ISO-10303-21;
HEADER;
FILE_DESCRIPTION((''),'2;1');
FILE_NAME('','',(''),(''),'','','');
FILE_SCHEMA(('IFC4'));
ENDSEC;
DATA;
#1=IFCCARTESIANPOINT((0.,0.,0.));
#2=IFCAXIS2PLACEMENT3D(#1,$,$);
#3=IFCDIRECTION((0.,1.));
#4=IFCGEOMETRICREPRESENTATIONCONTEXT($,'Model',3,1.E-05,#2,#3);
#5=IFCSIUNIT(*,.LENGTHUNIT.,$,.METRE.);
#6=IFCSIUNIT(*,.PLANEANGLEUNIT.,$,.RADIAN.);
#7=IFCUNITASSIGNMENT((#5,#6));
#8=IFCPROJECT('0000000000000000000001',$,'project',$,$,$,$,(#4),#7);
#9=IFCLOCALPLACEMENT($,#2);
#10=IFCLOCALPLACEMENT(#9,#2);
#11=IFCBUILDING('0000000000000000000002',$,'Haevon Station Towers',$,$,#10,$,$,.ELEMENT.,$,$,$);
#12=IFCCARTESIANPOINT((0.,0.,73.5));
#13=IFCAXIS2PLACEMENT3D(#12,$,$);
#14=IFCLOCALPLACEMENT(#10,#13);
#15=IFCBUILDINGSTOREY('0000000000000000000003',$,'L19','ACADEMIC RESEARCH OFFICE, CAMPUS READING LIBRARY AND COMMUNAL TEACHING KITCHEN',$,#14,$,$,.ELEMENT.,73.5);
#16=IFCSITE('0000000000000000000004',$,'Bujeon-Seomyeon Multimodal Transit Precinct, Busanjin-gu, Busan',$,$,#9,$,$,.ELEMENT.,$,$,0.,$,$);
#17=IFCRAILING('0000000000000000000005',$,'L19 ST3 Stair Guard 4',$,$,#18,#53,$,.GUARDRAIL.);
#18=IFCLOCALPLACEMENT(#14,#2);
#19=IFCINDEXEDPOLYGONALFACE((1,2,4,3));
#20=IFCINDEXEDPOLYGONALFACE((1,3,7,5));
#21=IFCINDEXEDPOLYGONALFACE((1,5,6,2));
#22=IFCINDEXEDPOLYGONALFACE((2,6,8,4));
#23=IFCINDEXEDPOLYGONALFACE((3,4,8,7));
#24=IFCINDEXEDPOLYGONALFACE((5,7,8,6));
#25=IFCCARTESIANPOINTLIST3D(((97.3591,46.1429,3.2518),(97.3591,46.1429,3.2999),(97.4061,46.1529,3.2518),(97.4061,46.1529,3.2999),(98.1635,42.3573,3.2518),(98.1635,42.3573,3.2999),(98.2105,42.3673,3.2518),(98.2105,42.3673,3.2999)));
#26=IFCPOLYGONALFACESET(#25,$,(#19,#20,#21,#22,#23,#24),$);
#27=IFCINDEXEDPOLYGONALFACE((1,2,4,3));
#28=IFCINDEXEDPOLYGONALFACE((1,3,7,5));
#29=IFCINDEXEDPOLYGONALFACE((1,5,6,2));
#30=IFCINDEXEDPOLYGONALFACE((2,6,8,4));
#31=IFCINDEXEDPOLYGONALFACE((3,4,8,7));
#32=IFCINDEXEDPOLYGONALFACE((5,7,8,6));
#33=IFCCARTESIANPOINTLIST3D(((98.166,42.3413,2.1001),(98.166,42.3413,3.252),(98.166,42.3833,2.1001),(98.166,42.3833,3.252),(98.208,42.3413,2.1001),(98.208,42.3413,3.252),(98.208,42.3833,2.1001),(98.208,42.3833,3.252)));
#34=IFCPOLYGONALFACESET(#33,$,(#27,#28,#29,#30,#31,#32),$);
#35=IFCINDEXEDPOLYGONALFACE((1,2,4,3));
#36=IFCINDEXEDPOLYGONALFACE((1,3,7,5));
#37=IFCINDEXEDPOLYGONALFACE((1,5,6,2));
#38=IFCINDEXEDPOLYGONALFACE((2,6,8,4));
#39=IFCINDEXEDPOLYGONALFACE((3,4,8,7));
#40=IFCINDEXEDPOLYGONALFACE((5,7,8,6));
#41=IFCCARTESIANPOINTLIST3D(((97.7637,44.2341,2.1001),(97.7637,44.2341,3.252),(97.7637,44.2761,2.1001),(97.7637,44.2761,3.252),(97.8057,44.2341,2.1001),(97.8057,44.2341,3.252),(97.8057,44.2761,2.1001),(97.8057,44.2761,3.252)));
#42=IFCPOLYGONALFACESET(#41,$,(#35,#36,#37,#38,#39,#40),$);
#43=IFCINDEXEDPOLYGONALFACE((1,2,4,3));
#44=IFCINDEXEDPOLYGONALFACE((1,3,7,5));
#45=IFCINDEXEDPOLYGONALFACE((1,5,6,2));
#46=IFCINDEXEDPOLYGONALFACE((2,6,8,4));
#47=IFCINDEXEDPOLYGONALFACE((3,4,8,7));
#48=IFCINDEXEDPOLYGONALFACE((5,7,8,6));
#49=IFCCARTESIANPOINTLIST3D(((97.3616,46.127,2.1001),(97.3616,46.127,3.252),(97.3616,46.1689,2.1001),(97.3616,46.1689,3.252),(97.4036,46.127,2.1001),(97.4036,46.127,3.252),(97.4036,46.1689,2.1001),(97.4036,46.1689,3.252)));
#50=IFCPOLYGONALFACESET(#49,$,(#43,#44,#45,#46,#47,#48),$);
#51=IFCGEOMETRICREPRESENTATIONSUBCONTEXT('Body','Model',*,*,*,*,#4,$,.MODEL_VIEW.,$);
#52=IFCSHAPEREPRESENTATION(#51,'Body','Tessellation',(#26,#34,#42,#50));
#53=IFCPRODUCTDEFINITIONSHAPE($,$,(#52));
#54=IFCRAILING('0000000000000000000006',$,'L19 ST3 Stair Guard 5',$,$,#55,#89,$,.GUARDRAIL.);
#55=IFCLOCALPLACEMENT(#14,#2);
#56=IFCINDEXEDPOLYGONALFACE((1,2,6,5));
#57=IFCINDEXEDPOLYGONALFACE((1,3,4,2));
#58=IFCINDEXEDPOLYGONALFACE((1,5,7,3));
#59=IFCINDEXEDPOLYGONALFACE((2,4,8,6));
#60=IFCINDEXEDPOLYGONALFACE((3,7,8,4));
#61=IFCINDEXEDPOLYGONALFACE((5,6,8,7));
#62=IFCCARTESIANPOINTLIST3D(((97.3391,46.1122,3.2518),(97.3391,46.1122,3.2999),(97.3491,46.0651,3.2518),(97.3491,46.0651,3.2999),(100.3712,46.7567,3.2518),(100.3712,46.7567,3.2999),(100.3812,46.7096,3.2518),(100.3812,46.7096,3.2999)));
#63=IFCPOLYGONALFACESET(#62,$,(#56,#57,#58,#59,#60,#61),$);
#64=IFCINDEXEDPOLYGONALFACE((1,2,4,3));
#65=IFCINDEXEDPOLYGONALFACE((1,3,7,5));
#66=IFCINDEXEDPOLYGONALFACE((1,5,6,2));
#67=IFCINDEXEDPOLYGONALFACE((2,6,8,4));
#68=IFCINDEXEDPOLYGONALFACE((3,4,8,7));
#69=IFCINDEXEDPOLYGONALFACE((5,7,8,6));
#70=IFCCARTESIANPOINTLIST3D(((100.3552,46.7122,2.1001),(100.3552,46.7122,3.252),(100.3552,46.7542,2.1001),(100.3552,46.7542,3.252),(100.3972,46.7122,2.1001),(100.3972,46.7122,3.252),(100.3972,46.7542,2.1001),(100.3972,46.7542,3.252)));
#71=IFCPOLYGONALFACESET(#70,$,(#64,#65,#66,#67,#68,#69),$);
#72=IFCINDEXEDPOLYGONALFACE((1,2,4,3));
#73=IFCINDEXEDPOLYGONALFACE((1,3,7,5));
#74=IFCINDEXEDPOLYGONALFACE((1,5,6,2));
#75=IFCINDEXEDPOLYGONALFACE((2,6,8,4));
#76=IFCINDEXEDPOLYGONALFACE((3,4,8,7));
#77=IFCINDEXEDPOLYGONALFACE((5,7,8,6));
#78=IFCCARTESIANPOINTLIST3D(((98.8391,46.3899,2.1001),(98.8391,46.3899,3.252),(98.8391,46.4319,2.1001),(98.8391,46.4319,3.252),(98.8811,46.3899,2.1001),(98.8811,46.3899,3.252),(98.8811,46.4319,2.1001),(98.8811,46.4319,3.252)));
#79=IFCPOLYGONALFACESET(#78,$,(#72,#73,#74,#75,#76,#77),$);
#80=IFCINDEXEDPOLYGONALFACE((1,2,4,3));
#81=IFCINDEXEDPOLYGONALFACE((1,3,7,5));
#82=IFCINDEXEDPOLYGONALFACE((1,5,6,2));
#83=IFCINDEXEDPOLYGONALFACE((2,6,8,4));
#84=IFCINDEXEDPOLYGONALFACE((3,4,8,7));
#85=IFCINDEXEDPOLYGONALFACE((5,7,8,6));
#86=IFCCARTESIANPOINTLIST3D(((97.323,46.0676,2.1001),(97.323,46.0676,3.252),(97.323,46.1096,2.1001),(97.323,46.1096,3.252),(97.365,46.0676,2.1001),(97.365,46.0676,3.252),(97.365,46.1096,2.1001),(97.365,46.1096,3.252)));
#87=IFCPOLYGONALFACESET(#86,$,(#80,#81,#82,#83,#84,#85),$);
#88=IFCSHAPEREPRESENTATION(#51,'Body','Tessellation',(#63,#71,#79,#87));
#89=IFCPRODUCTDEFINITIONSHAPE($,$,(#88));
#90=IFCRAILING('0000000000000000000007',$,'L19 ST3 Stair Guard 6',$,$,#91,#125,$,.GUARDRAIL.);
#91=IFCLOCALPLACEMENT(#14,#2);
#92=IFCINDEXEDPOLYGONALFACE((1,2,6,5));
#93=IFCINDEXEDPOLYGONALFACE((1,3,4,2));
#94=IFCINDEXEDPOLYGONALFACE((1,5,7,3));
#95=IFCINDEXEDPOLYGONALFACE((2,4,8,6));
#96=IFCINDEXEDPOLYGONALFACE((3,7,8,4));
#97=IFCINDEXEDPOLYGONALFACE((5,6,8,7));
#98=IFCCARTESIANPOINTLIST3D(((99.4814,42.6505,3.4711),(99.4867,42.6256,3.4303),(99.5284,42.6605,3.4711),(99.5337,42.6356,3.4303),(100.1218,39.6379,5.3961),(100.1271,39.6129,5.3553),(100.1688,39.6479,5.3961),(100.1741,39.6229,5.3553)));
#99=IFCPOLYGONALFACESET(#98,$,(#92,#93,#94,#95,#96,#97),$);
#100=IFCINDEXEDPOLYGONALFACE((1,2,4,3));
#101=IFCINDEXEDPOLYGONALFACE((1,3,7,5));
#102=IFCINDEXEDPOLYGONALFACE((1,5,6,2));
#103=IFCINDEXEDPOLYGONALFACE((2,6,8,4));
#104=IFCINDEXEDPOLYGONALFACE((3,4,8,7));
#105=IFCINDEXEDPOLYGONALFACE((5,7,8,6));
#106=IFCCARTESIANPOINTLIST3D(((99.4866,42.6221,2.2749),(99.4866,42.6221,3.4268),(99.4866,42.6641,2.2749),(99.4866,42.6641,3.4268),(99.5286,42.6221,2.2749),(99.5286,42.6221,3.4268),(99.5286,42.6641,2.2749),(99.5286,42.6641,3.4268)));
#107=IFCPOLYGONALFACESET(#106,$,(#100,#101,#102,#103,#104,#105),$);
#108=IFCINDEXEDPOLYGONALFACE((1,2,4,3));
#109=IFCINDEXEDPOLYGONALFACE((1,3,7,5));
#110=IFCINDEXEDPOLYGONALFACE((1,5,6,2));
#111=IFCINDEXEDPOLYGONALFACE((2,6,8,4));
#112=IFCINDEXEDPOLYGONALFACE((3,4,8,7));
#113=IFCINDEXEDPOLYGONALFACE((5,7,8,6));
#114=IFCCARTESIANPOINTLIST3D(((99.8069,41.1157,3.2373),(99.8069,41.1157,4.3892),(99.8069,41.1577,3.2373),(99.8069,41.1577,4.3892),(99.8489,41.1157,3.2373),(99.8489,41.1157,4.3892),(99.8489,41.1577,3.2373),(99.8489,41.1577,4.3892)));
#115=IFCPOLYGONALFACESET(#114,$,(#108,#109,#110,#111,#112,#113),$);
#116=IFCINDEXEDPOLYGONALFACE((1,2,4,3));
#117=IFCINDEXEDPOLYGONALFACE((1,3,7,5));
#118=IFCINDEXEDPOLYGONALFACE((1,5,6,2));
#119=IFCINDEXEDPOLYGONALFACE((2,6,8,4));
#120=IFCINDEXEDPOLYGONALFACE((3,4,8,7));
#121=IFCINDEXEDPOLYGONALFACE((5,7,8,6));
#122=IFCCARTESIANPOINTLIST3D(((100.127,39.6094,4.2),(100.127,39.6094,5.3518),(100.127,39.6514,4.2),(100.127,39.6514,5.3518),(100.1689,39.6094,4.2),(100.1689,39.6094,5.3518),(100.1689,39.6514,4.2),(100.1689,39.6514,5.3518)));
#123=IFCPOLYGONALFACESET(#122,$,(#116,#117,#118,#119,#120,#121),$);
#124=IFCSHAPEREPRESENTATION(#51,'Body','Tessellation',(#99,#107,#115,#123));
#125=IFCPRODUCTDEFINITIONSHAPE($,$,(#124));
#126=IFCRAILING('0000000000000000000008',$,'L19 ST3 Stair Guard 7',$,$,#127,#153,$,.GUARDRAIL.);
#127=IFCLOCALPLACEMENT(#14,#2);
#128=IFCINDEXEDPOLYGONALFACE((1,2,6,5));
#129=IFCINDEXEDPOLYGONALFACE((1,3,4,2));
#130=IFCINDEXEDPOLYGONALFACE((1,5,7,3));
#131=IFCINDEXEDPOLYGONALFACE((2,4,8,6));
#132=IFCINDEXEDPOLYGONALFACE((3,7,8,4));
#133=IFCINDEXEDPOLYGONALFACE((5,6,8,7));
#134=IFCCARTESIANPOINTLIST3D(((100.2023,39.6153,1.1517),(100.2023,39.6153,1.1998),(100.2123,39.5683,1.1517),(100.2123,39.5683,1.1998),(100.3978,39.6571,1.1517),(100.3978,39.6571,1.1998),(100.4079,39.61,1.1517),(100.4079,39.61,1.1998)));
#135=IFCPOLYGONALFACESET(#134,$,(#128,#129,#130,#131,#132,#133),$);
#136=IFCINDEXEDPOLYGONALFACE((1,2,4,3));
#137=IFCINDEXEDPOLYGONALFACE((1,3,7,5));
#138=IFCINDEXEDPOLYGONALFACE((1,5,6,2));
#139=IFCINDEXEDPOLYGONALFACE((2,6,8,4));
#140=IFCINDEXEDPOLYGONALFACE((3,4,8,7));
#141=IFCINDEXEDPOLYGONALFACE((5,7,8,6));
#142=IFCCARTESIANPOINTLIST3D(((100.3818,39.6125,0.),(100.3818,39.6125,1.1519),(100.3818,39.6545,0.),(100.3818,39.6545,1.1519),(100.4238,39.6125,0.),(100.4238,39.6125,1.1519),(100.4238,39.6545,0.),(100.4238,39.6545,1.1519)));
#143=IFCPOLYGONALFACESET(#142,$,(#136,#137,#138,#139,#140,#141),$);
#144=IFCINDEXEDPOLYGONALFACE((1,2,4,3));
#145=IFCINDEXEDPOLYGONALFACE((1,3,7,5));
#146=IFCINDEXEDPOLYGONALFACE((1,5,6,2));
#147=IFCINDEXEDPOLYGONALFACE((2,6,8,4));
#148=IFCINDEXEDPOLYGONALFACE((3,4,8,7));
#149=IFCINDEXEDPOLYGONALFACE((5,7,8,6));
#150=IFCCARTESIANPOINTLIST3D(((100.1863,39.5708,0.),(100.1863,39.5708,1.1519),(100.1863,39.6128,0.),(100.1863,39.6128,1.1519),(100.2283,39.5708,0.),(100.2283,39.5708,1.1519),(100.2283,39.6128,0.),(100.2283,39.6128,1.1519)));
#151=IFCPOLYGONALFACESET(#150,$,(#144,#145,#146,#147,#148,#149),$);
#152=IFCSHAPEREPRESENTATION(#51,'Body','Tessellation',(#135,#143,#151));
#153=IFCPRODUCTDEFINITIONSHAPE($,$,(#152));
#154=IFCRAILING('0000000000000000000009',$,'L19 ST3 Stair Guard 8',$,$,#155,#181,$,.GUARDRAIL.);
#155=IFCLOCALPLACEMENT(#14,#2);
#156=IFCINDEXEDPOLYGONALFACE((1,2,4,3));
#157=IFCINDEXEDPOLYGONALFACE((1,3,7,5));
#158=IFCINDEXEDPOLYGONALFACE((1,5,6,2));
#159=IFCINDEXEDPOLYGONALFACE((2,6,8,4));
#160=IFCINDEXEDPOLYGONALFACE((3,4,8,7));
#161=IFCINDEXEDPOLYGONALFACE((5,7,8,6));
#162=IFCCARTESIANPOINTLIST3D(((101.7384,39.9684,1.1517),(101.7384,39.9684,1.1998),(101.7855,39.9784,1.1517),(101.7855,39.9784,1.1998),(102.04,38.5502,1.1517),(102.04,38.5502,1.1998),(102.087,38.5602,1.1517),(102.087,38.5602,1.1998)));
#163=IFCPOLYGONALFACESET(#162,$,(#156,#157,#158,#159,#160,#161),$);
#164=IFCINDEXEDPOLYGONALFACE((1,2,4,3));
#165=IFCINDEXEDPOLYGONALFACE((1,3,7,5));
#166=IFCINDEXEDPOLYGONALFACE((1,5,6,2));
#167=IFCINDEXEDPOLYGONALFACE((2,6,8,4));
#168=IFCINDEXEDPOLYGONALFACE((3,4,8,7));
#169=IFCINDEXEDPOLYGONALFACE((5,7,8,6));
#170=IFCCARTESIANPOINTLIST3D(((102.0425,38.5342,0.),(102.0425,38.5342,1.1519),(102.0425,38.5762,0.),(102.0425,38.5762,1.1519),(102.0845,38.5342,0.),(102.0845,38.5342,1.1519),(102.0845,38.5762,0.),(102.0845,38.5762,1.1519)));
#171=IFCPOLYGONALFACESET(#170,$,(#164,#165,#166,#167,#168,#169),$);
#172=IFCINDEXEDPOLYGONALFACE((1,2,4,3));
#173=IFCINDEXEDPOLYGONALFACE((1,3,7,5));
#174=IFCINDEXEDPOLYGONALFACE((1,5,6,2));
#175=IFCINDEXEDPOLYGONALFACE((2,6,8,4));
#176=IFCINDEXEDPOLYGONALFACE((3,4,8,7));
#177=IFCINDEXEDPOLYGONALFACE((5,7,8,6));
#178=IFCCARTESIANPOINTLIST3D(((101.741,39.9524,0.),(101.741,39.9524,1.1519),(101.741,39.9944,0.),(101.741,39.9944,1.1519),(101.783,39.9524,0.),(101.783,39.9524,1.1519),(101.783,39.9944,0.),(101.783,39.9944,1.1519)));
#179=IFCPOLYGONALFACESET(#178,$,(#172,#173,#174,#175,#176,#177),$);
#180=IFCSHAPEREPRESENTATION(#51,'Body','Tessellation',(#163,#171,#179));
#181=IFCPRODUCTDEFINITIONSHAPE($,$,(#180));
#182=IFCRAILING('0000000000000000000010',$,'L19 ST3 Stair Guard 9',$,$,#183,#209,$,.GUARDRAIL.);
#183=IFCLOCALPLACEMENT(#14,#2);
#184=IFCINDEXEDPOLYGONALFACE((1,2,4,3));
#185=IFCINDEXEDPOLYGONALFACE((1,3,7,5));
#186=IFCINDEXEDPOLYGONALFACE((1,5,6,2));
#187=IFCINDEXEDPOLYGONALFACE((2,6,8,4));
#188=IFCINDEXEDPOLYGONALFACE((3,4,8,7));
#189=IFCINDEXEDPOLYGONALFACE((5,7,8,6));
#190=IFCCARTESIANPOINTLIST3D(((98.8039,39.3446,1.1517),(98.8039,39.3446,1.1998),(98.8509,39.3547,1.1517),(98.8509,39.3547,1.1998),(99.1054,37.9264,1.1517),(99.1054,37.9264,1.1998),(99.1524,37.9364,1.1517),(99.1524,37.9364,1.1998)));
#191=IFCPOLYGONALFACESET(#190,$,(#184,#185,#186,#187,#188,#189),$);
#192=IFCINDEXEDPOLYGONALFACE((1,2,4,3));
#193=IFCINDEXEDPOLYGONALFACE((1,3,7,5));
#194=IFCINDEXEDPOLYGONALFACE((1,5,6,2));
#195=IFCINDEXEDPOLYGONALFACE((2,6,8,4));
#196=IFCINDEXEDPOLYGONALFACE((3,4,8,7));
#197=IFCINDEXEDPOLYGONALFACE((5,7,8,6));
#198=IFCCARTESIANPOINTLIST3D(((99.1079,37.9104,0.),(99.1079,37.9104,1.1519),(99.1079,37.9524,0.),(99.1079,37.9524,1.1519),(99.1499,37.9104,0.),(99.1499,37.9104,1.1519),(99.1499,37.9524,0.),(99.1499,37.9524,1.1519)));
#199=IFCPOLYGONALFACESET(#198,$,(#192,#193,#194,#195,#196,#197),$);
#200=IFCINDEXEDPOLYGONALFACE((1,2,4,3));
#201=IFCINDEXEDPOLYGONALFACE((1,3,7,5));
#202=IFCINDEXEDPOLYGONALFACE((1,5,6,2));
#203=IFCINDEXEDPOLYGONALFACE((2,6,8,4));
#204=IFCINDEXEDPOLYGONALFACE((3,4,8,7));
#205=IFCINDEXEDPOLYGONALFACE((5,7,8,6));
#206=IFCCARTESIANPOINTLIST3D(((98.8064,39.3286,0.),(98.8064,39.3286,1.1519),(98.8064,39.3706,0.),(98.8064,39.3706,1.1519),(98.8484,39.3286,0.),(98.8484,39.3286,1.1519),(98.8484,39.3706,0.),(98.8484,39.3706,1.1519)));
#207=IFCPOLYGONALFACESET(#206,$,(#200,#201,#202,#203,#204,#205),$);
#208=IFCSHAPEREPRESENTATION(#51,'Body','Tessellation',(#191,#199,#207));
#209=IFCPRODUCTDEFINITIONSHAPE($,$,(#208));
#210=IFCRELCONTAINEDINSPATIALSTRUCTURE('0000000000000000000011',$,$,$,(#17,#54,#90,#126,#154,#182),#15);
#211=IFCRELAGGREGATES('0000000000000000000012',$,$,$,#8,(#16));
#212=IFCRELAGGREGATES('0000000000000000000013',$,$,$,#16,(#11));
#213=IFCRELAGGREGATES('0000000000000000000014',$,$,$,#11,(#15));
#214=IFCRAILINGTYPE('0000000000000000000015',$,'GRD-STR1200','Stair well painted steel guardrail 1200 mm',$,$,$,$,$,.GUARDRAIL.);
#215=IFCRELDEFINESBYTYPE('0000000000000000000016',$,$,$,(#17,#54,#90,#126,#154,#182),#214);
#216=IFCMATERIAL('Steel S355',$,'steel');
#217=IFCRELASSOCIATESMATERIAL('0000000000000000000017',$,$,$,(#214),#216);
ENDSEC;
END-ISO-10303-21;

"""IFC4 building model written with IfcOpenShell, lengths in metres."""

from ifc_helpers import new_model, si_unit, direction, frame, origin, origin_2d, place, context, subcontext, project, spatial, rectangle, extrude, material, type_object, element, save


model = new_model("IFC4")

# Units and contexts
model_context = context("Model", 3, precision=1e-05, world=origin(), true_north=direction((0.0, 1.0)))
body_context = subcontext(model_context, "Body", "Model", "MODEL_VIEW")
ifc_project = project(units=[si_unit("LENGTHUNIT", "METRE"), si_unit("PLANEANGLEUNIT", "RADIAN")], contexts=[model_context])

# Site, building, storey
site_placement = place(None, origin())
site = spatial("IfcSite", under=ifc_project, at=site_placement, Name="Bujeon-Seomyeon Multimodal Transit Precinct, Busanjin-gu, Busan", CompositionType="ELEMENT", RefElevation=0.0)
building_placement = place(site_placement, origin())
building = spatial("IfcBuilding", under=site, at=building_placement, Name="Haevon Station Towers", CompositionType="ELEMENT")
storey_placement = place(building_placement, frame((0.0, 0.0, 73.5)))
storey = spatial("IfcBuildingStorey", under=building, at=storey_placement, Name="L19", Description="ACADEMIC RESEARCH OFFICE, CAMPUS READING LIBRARY AND COMMUNAL TEACHING KITCHEN", CompositionType="ELEMENT", Elevation=73.5)

# Shared definitions
ifc_material_1 = material(Name="Steel S355", Category="steel")

# Railings
railing_type_1 = type_object("IfcRailingType", Name="GRD-STR1200", Description="Stair well painted steel guardrail 1200 mm", PredefinedType="GUARDRAIL", material=ifc_material_1)
railing_1_placement = place(storey_placement, frame((98.187, 42.3623, 2.1001)))
element("IfcRailing", 1, at=railing_1_placement, inside=storey, type_object=railing_type_1, Name="L19 ST3 Stair Guard 4", PredefinedType="GUARDRAIL", context=body_context, shape_type="SweptSolid", body=[
    extrude(rectangle(XDim=0.0481, YDim=0.0481, at=origin_2d()), frame((0.0, 0.0, 1.1758), z_axis=(-0.207857, 0.978159, 0.0), x_axis=(-0.978159, -0.207857, 0.0)), (0.0, 0.0, 1.0), 3.8701),
    extrude(rectangle(XDim=0.042, YDim=0.042, at=origin_2d()), origin(), (0.0, 0.0, 1.0), 1.1519),
    extrude(rectangle(XDim=0.042, YDim=0.042, at=origin_2d()), frame((-0.4023, 1.8928, 0.0)), (0.0, 0.0, 1.0), 1.1519),
    extrude(rectangle(XDim=0.042, YDim=0.042, at=origin_2d()), frame((-0.8044, 3.7856, 0.0)), (0.0, 0.0, 1.0), 1.1519),
])
railing_2_placement = place(storey_placement, frame((100.3762, 46.7332, 2.1001)))
element("IfcRailing", 2, at=railing_2_placement, inside=storey, type_object=railing_type_1, Name="L19 ST3 Stair Guard 5", PredefinedType="GUARDRAIL", context=body_context, shape_type="SweptSolid", body=[
    extrude(rectangle(XDim=0.0481, YDim=0.0481, at=origin_2d()), frame((0.0, 0.0, 1.1758), z_axis=(-0.978147, -0.207915, 0.0), x_axis=(0.207915, -0.978147, 0.0)), (0.0, 0.0, 1.0), 3.0999),
    extrude(rectangle(XDim=0.042, YDim=0.042, at=origin_2d()), origin(), (0.0, 0.0, 1.0), 1.1519),
    extrude(rectangle(XDim=0.042, YDim=0.042, at=origin_2d()), frame((-1.5161, -0.3223, 0.0)), (0.0, 0.0, 1.0), 1.1519),
    extrude(rectangle(XDim=0.042, YDim=0.042, at=origin_2d()), frame((-3.0322, -0.6445, 0.0)), (0.0, 0.0, 1.0), 1.1519),
])
railing_3_placement = place(storey_placement, frame((99.5076, 42.6431, 2.2749)))
element("IfcRailing", 3, at=railing_3_placement, inside=storey, type_object=railing_type_1, Name="L19 ST3 Stair Guard 6", PredefinedType="GUARDRAIL", context=body_context, shape_type="SweptSolid", body=[
    extrude(rectangle(XDim=0.0481, YDim=0.0481, at=origin_2d()), frame((0.0, 0.0, 1.1758), z_axis=(0.176311, -0.829461, 0.530008), x_axis=(0.978147, 0.207916, 0.0)), (0.0, 0.0, 1.0), 3.6321),
    extrude(rectangle(XDim=0.042, YDim=0.042, at=origin_2d()), origin(), (0.0, 0.0, 1.0), 1.1519),
    extrude(rectangle(XDim=0.042, YDim=0.042, at=origin_2d()), frame((0.3203, -1.5063, 0.9624)), (0.0, 0.0, 1.0), 1.1519),
    extrude(rectangle(XDim=0.042, YDim=0.042, at=origin_2d()), frame((0.6404, -3.0127, 1.925)), (0.0, 0.0, 1.0), 1.1519),
])
railing_4_placement = place(storey_placement, frame((100.4028, 39.6335, 0.0)))
element("IfcRailing", 4, at=railing_4_placement, inside=storey, type_object=railing_type_1, Name="L19 ST3 Stair Guard 7", PredefinedType="GUARDRAIL", context=body_context, shape_type="SweptSolid", body=[
    extrude(rectangle(XDim=0.0481, YDim=0.0481, at=origin_2d()), frame((0.0, 0.0, 1.1758), z_axis=(-0.977963, -0.208779, 0.0), x_axis=(0.208779, -0.977963, 0.0)), (0.0, 0.0, 1.0), 0.2),
    extrude(rectangle(XDim=0.042, YDim=0.042, at=origin_2d()), origin(), (0.0, 0.0, 1.0), 1.1519),
    extrude(rectangle(XDim=0.042, YDim=0.042, at=origin_2d()), frame((-0.1956, -0.0417, 0.0)), (0.0, 0.0, 1.0), 1.1519),
])
for number, where, name in (
    (5, (102.0635, 38.5552, 0.0), "L19 ST3 Stair Guard 8"),
    (6, (99.1289, 37.9314, 0.0), "L19 ST3 Stair Guard 9"),
):
    element("IfcRailing", number, at=place(storey_placement, frame(where)), inside=storey, type_object=railing_type_1, Name=name, PredefinedType="GUARDRAIL", context=body_context, shape_type="SweptSolid", body=[
        extrude(rectangle(XDim=0.0481, YDim=0.0481, at=origin_2d()), frame((0.0, 0.0, 1.1758), z_axis=(-0.207953, 0.978139, 0.0), x_axis=(-0.978139, -0.207953, 0.0)), (0.0, 0.0, 1.0), 1.45),
        extrude(rectangle(XDim=0.042, YDim=0.042, at=origin_2d()), origin(), (0.0, 0.0, 1.0), 1.1519),
        extrude(rectangle(XDim=0.042, YDim=0.042, at=origin_2d()), frame((-0.3015, 1.4182, 0.0)), (0.0, 0.0, 1.0), 1.1519),
    ])

save(model, "model.ifc")
